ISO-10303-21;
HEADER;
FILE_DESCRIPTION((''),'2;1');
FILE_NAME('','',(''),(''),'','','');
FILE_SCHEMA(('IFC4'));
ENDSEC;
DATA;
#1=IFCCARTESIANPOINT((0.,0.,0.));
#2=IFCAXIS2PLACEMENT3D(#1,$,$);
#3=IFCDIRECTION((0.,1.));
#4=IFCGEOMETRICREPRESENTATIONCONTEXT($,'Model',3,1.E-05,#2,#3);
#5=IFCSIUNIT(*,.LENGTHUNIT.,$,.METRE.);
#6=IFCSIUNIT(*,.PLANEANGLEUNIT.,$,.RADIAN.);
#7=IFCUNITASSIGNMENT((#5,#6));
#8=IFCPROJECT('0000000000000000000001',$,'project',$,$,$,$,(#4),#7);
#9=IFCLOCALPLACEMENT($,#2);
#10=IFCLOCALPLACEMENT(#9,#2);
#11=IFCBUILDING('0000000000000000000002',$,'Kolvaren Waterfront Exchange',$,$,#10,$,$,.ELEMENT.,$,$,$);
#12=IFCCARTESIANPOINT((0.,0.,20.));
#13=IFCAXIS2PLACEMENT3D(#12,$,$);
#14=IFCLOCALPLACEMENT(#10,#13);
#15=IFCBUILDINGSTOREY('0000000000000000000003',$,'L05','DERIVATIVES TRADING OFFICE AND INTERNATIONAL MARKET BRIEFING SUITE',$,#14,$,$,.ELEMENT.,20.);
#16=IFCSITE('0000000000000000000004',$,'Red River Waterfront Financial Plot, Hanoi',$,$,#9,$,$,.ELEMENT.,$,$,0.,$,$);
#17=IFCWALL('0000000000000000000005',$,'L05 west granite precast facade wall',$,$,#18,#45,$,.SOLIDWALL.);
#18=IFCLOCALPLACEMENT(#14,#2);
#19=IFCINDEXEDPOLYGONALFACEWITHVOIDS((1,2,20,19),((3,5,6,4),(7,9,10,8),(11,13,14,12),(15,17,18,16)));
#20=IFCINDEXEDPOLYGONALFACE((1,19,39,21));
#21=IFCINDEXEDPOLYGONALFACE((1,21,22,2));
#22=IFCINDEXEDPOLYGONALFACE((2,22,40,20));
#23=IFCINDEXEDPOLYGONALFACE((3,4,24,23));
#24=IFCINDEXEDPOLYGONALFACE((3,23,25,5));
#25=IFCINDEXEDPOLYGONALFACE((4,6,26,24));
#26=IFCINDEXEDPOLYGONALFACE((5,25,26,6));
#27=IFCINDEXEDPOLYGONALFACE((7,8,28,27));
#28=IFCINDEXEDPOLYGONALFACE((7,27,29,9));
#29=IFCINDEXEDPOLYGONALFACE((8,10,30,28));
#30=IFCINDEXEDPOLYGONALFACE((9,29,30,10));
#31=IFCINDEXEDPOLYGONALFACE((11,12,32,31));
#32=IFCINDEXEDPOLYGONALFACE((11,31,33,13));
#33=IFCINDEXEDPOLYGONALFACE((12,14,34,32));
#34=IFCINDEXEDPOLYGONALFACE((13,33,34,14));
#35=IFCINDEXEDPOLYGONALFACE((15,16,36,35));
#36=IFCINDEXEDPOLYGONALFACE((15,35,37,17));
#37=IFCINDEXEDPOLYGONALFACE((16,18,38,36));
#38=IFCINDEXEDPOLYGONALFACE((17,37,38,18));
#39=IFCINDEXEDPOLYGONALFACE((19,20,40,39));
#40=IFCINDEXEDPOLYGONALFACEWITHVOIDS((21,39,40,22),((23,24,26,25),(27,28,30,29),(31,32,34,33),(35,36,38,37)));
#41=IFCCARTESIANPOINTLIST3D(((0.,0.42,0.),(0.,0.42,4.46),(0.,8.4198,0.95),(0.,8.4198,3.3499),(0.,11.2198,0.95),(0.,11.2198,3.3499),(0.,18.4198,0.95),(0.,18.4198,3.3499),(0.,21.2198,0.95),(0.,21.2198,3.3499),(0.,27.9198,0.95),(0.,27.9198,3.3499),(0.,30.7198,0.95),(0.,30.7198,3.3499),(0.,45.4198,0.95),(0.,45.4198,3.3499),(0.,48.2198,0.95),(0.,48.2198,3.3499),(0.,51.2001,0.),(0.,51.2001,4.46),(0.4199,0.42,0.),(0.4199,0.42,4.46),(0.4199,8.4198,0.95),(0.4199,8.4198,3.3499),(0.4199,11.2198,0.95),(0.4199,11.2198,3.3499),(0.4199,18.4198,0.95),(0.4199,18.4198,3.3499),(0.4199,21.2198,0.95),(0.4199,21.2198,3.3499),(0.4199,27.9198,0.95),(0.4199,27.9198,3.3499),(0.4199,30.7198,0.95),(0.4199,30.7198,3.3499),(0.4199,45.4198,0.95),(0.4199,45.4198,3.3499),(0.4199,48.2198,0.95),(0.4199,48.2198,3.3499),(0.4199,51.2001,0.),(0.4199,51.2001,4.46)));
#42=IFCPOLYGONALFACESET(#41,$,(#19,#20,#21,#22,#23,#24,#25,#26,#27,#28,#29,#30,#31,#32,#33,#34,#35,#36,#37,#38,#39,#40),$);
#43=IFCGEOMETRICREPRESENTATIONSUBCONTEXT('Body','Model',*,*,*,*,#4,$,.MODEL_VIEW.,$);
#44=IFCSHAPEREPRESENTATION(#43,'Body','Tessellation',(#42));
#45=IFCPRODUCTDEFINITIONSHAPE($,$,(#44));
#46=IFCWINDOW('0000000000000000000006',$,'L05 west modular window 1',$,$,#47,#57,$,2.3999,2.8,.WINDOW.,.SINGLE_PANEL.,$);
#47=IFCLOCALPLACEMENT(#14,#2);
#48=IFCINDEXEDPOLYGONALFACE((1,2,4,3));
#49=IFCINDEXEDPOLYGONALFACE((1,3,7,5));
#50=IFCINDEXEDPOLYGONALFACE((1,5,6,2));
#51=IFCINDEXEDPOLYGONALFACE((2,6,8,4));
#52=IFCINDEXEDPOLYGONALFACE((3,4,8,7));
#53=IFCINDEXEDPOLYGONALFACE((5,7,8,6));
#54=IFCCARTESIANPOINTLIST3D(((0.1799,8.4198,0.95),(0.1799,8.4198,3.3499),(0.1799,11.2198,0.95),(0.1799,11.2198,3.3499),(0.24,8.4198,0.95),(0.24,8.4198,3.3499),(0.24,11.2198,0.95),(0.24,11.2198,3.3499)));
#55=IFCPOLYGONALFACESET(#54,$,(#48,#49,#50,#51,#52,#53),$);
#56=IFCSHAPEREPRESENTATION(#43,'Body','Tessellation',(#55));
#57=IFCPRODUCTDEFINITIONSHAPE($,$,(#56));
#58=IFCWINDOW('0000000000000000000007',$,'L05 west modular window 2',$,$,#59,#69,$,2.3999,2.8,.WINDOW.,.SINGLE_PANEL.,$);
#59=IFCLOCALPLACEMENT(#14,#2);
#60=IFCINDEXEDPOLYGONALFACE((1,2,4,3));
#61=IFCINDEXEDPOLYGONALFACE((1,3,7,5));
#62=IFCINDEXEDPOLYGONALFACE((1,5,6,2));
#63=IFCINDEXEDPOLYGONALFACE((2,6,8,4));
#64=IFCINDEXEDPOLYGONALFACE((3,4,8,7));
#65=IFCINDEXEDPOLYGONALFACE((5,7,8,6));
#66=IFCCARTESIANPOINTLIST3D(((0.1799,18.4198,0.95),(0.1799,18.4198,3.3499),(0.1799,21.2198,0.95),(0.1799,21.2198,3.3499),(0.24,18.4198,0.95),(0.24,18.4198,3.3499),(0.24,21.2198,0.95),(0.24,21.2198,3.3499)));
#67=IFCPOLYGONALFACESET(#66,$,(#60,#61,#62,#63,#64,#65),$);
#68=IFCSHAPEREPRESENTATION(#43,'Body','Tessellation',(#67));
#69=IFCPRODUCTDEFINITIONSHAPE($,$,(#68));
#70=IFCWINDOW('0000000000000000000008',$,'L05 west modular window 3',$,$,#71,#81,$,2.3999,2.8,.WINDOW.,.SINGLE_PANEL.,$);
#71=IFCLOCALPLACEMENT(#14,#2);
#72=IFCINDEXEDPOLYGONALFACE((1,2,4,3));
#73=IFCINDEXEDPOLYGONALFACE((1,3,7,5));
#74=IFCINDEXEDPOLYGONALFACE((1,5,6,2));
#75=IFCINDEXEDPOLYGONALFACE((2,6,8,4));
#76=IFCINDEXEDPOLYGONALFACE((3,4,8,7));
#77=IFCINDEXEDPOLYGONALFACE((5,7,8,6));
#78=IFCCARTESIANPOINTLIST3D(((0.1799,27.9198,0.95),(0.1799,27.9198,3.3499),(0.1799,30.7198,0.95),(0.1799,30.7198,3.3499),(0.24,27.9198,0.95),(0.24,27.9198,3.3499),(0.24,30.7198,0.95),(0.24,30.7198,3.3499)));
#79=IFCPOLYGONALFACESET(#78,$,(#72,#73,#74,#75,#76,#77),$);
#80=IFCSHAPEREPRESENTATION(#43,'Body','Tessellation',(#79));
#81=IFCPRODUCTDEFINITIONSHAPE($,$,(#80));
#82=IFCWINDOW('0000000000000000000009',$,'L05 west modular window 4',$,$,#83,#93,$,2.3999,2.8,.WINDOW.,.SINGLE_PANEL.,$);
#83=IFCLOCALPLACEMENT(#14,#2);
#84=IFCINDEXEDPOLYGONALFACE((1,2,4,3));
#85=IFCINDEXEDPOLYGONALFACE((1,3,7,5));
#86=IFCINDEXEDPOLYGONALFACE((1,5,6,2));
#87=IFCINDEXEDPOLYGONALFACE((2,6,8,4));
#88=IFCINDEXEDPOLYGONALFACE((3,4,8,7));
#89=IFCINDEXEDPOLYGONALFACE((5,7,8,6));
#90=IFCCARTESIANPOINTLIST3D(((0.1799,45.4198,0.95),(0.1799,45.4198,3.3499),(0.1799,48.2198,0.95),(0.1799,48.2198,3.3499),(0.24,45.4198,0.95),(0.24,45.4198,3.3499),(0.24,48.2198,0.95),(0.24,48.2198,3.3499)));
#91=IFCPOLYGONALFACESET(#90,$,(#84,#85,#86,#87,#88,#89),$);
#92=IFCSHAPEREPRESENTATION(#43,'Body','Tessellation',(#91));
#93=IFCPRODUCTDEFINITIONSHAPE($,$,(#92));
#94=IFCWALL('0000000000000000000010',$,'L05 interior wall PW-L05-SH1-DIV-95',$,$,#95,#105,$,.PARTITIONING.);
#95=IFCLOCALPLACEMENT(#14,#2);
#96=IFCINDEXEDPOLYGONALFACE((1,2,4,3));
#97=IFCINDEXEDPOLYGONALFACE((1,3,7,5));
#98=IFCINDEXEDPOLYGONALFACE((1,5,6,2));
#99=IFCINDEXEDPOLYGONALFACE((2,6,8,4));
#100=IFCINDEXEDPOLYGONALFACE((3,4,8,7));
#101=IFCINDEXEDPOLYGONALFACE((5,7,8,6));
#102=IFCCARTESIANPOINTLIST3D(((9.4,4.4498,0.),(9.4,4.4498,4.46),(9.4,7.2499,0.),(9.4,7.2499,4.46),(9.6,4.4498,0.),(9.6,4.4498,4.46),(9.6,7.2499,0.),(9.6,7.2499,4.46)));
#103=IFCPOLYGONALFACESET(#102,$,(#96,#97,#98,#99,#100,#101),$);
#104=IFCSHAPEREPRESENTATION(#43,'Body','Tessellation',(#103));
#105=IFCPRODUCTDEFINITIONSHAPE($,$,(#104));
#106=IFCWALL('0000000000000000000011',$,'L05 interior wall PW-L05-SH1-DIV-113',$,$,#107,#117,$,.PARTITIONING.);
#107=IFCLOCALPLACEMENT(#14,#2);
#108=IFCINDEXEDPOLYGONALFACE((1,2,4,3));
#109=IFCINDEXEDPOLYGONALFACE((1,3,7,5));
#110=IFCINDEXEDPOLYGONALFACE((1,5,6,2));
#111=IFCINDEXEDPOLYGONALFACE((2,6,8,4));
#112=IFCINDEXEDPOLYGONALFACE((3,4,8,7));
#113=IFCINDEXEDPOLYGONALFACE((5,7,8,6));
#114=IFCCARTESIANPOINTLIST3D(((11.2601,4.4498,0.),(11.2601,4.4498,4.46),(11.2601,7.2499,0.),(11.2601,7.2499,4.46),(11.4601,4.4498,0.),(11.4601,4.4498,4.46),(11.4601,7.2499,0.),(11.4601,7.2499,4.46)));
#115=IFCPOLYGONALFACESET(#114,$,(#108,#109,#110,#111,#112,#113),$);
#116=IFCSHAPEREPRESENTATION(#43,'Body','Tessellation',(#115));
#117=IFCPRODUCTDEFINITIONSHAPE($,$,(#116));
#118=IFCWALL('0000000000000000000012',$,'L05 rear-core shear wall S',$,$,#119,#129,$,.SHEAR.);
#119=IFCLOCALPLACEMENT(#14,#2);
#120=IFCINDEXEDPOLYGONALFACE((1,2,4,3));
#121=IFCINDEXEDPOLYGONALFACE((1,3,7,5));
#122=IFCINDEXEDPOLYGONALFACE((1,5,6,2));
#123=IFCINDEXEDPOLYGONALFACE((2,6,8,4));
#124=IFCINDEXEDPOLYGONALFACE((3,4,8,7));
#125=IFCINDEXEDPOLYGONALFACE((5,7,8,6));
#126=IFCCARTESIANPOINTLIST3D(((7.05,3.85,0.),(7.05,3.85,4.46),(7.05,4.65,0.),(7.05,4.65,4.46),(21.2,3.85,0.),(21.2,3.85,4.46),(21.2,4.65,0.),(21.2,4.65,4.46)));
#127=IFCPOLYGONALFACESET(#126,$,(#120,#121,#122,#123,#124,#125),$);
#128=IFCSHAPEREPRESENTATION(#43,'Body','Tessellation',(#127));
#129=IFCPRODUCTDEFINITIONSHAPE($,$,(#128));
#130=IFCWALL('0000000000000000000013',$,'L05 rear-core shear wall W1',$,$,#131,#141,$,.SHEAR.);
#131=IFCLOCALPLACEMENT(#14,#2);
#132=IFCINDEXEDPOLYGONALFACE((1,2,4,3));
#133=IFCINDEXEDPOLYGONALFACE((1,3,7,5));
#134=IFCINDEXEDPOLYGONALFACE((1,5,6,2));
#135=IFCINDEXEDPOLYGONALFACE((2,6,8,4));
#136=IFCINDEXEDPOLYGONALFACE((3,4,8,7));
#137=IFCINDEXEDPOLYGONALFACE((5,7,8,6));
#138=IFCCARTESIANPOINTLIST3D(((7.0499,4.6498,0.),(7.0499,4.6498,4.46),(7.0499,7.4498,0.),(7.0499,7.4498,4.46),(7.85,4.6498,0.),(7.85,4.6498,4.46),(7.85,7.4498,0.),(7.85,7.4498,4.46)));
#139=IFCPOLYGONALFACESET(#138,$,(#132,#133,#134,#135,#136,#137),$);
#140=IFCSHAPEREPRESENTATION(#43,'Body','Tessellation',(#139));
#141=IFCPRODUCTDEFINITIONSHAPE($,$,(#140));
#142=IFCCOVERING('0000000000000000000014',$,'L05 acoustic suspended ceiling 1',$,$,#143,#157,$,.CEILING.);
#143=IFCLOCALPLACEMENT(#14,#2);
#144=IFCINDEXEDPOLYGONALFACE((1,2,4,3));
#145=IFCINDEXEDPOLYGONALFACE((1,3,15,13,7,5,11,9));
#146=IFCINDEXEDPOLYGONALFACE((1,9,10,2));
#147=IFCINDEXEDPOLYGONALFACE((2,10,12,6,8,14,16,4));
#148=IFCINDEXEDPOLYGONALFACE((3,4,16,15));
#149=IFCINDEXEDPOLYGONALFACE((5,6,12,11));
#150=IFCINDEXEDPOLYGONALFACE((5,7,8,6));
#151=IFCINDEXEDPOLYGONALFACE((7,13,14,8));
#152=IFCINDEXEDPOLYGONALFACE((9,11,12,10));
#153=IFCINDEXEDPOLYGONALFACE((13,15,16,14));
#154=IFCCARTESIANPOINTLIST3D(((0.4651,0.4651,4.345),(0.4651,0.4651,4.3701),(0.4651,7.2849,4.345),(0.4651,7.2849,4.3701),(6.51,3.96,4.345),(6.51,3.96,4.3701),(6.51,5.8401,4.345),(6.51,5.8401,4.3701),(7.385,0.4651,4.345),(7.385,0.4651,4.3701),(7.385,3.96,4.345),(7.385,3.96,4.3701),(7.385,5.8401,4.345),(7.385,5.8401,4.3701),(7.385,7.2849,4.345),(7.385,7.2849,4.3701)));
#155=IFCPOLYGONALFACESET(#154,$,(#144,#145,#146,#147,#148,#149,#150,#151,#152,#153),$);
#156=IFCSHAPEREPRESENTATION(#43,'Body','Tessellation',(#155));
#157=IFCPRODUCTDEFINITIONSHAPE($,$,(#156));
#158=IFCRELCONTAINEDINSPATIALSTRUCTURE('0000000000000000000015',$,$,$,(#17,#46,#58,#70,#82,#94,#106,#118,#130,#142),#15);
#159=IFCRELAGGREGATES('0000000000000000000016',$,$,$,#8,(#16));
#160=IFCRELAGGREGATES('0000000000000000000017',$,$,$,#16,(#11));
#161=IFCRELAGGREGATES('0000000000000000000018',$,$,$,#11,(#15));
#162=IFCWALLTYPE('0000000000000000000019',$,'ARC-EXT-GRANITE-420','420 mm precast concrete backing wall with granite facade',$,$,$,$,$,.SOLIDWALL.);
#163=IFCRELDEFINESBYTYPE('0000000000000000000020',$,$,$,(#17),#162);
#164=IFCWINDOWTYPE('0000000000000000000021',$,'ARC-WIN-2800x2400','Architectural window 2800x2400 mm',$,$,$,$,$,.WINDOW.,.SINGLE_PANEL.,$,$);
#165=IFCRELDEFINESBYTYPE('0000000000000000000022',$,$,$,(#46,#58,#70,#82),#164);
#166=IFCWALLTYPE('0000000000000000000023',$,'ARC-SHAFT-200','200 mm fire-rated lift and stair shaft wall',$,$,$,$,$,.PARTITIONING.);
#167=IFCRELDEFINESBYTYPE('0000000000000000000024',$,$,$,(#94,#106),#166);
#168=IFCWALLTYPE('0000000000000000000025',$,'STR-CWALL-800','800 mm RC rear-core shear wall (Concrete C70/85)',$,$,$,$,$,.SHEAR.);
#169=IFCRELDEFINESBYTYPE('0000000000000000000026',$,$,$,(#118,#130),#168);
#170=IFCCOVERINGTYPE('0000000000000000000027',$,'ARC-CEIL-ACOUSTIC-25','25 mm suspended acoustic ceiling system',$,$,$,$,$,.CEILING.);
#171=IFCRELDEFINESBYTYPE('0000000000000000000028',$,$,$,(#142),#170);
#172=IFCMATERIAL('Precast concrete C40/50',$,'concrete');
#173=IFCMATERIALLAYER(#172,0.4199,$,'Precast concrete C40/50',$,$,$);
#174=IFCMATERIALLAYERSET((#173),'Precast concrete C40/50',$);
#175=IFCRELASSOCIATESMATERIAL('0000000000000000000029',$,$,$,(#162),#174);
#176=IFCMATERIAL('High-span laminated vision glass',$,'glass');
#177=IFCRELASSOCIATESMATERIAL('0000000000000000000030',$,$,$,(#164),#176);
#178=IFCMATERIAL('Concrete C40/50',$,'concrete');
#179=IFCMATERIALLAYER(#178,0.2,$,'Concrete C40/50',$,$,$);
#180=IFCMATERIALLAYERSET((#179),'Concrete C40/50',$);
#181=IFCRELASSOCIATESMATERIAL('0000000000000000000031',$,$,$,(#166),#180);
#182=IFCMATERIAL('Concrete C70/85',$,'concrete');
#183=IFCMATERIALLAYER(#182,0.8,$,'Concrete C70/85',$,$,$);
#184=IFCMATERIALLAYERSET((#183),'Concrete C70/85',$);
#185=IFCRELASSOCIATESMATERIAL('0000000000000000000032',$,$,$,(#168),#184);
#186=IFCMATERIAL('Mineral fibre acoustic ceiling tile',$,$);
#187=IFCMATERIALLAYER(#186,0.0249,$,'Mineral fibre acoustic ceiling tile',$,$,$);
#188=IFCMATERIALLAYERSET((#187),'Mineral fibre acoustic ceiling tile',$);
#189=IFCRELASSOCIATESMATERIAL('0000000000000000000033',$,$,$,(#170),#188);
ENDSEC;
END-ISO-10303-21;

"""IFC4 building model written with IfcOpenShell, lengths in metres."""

from ifc_helpers import new_model, si_unit, direction, frame, frame_2d, origin, place, context, subcontext, project, spatial, polyline, rectangle, outline, extrude, material, layer, layer_set, type_object, element, fill, save


model = new_model("IFC4")

# Units and contexts
model_context = context("Model", 3, precision=1e-05, world=origin(), true_north=direction((0.0, 1.0)))
body_context = subcontext(model_context, "Body", "Model", "MODEL_VIEW")
ifc_project = project(units=[si_unit("LENGTHUNIT", "METRE"), si_unit("PLANEANGLEUNIT", "RADIAN")], contexts=[model_context])

# Site, building, storey
site_placement = place(None, origin())
site = spatial("IfcSite", under=ifc_project, at=site_placement, Name="Red River Waterfront Financial Plot, Hanoi", CompositionType="ELEMENT", RefElevation=0.0)
building_placement = place(site_placement, origin())
building = spatial("IfcBuilding", under=site, at=building_placement, Name="Kolvaren Waterfront Exchange", CompositionType="ELEMENT")
storey_placement = place(building_placement, frame((0.0, 0.0, 20.0)))
storey = spatial("IfcBuildingStorey", under=building, at=storey_placement, Name="L05", Description="DERIVATIVES TRADING OFFICE AND INTERNATIONAL MARKET BRIEFING SUITE", CompositionType="ELEMENT", Elevation=20.0)

# Shared definitions
ifc_material_1 = material(Name="Concrete C70/85", Category="concrete")

# Shared definitions
ifc_material_2 = material(Name="Concrete C40/50", Category="concrete")

# Wall, openings, windows
ifc_material_3 = material(Name="Precast concrete C40/50", Category="concrete")
ifc_layer_1 = layer(ifc_material_3, 0.4199, Name="Precast concrete C40/50")
ifc_layer_set_1 = layer_set([ifc_layer_1], Name="Precast concrete C40/50")
wall_type_1 = type_object("IfcWallType", Name="ARC-EXT-GRANITE-420", Description="420 mm precast concrete backing wall with granite facade", PredefinedType="SOLIDWALL", material=ifc_layer_set_1)
ifc_material_4 = material(Name="High-span laminated vision glass", Category="glass")
window_type = type_object("IfcWindowType", Name="ARC-WIN-2800x2400", Description="Architectural window 2800x2400 mm", PartitioningType="SINGLE_PANEL", PredefinedType="WINDOW", material=ifc_material_4)
wall_1_placement = place(storey_placement, frame((0.21, 0.4199, 0.0), z_axis=(0.0, 0.0, 1.0), x_axis=(0.0, 1.0, 0.0)))
wall_1 = element("IfcWall", 1, at=wall_1_placement, inside=storey, type_object=wall_type_1, Name="L05 west granite precast facade wall", PredefinedType="SOLIDWALL", context=body_context, shape_type="SweptSolid", body=[
    extrude(rectangle(XDim=50.78, YDim=0.4199, at=frame_2d((25.3901, 0.0))), origin(), (0.0, 0.0, 1.0), 4.46),
])
opening_1_placement = place(wall_1_placement, frame((8.0, 0.0, 0.95)))
opening_1 = element("IfcOpeningElement", 2, at=opening_1_placement, cuts=wall_1, PredefinedType="OPENING", context=body_context, shape_type="SweptSolid", body=[
    extrude(rectangle(XDim=2.8, YDim=2.3999, at=frame_2d((1.3999, 1.2))), frame((0.0, 0.22, 0.0), z_axis=(0.0, -1.0, 0.0), x_axis=(1.0, 0.0, 0.0)), (0.0, 0.0, 1.0), 0.4399),
])
opening_2_placement = place(wall_1_placement, frame((18.0, 0.0, 0.95)))
opening_2 = element("IfcOpeningElement", 3, at=opening_2_placement, cuts=wall_1, PredefinedType="OPENING", context=body_context, shape_type="SweptSolid", body=[
    extrude(rectangle(XDim=2.8, YDim=2.3999, at=frame_2d((1.3999, 1.2))), frame((0.0, 0.22, 0.0), z_axis=(0.0, -1.0, 0.0), x_axis=(1.0, 0.0, 0.0)), (0.0, 0.0, 1.0), 0.4399),
])
opening_3_placement = place(wall_1_placement, frame((27.5, 0.0, 0.95)))
opening_3 = element("IfcOpeningElement", 4, at=opening_3_placement, cuts=wall_1, PredefinedType="OPENING", context=body_context, shape_type="SweptSolid", body=[
    extrude(rectangle(XDim=2.8, YDim=2.3999, at=frame_2d((1.3999, 1.2))), frame((0.0, 0.22, 0.0), z_axis=(0.0, -1.0, 0.0), x_axis=(1.0, 0.0, 0.0)), (0.0, 0.0, 1.0), 0.4399),
])
opening_4_placement = place(wall_1_placement, frame((45.0, 0.0, 0.95)))
opening_4 = element("IfcOpeningElement", 5, at=opening_4_placement, cuts=wall_1, PredefinedType="OPENING", context=body_context, shape_type="SweptSolid", body=[
    extrude(rectangle(XDim=2.8, YDim=2.3999, at=frame_2d((1.3999, 1.2))), frame((0.0, 0.22, 0.0), z_axis=(0.0, -1.0, 0.0), x_axis=(1.0, 0.0, 0.0)), (0.0, 0.0, 1.0), 0.4399),
])
window_1_placement = place(opening_1_placement, origin())
window_1 = element("IfcWindow", 6, at=window_1_placement, inside=storey, type_object=window_type, Name="L05 west modular window 1", OverallHeight=2.3999, OverallWidth=2.8, PartitioningType="SINGLE_PANEL", PredefinedType="WINDOW", context=body_context, shape_type="SweptSolid", body=[
    extrude(rectangle(XDim=2.8, YDim=2.3999, at=frame_2d((1.3999, 1.2))), frame((0.0, 0.03, 0.0), z_axis=(0.0, -1.0, 0.0), x_axis=(1.0, 0.0, 0.0)), (0.0, 0.0, 1.0), 0.0601),
])
fill(opening_1, window_1)
window_2_placement = place(opening_2_placement, origin())
window_2 = element("IfcWindow", 7, at=window_2_placement, inside=storey, type_object=window_type, Name="L05 west modular window 2", OverallHeight=2.3999, OverallWidth=2.8, PartitioningType="SINGLE_PANEL", PredefinedType="WINDOW", context=body_context, shape_type="SweptSolid", body=[
    extrude(rectangle(XDim=2.8, YDim=2.3999, at=frame_2d((1.3999, 1.2))), frame((0.0, 0.03, 0.0), z_axis=(0.0, -1.0, 0.0), x_axis=(1.0, 0.0, 0.0)), (0.0, 0.0, 1.0), 0.0601),
])
fill(opening_2, window_2)
window_3_placement = place(opening_3_placement, origin())
window_3 = element("IfcWindow", 8, at=window_3_placement, inside=storey, type_object=window_type, Name="L05 west modular window 3", OverallHeight=2.3999, OverallWidth=2.8, PartitioningType="SINGLE_PANEL", PredefinedType="WINDOW", context=body_context, shape_type="SweptSolid", body=[
    extrude(rectangle(XDim=2.8, YDim=2.3999, at=frame_2d((1.3999, 1.2))), frame((0.0, 0.03, 0.0), z_axis=(0.0, -1.0, 0.0), x_axis=(1.0, 0.0, 0.0)), (0.0, 0.0, 1.0), 0.0601),
])
fill(opening_3, window_3)
window_4_placement = place(opening_4_placement, origin())
window_4 = element("IfcWindow", 9, at=window_4_placement, inside=storey, type_object=window_type, Name="L05 west modular window 4", OverallHeight=2.3999, OverallWidth=2.8, PartitioningType="SINGLE_PANEL", PredefinedType="WINDOW", context=body_context, shape_type="SweptSolid", body=[
    extrude(rectangle(XDim=2.8, YDim=2.3999, at=frame_2d((1.3999, 1.2))), frame((0.0, 0.03, 0.0), z_axis=(0.0, -1.0, 0.0), x_axis=(1.0, 0.0, 0.0)), (0.0, 0.0, 1.0), 0.0601),
])
fill(opening_4, window_4)

# Walls
ifc_layer_2 = layer(ifc_material_2, 0.2, Name="Concrete C40/50")
ifc_layer_set_2 = layer_set([ifc_layer_2], Name="Concrete C40/50")
wall_type_2 = type_object("IfcWallType", Name="ARC-SHAFT-200", Description="200 mm fire-rated lift and stair shaft wall", PredefinedType="PARTITIONING", material=ifc_layer_set_2)
for number, where, z_axis, x_axis, name in (
    (10, (9.5, 4.45, 0.0), (0.0, 0.0, 1.0), (0.0, 1.0, 0.0), "L05 interior wall PW-L05-SH1-DIV-95"),
    (11, (11.3601, 4.45, 0.0), (0.0, 0.0, 1.0), (0.0, 1.0, 0.0), "L05 interior wall PW-L05-SH1-DIV-113"),
):
    element("IfcWall", number, at=place(storey_placement, frame(where, z_axis=z_axis, x_axis=x_axis)), inside=storey, type_object=wall_type_2, Name=name, PredefinedType="PARTITIONING", context=body_context, shape_type="SweptSolid", body=[
        extrude(rectangle(XDim=2.8, YDim=0.2, at=frame_2d((1.3999, 0.0))), origin(), (0.0, 0.0, 1.0), 4.46),
    ])
ifc_layer_3 = layer(ifc_material_1, 0.8, Name="Concrete C70/85")
ifc_layer_set_3 = layer_set([ifc_layer_3], Name="Concrete C70/85")
wall_type_3 = type_object("IfcWallType", Name="STR-CWALL-800", Description="800 mm RC rear-core shear wall (Concrete C70/85)", PredefinedType="SHEAR", material=ifc_layer_set_3)
wall_2_placement = place(storey_placement, frame((7.05, 4.25, 0.0), z_axis=(0.0, 0.0, 1.0), x_axis=(1.0, 0.0, 0.0)))
element("IfcWall", 12, at=wall_2_placement, inside=storey, type_object=wall_type_3, Name="L05 rear-core shear wall S", PredefinedType="SHEAR", context=body_context, shape_type="SweptSolid", body=[
    extrude(rectangle(XDim=14.1499, YDim=0.8, at=frame_2d((7.075, 0.0))), origin(), (0.0, 0.0, 1.0), 4.46),
])
wall_3_placement = place(storey_placement, frame((7.45, 4.6499, 0.0), z_axis=(0.0, 0.0, 1.0), x_axis=(0.0, 1.0, 0.0)))
element("IfcWall", 13, at=wall_3_placement, inside=storey, type_object=wall_type_3, Name="L05 rear-core shear wall W1", PredefinedType="SHEAR", context=body_context, shape_type="SweptSolid", body=[
    extrude(rectangle(XDim=2.8, YDim=0.8, at=frame_2d((1.3999, 0.0))), origin(), (0.0, 0.0, 1.0), 4.46),
])

# Covering
ifc_material_5 = material(Name="Mineral fibre acoustic ceiling tile")
ifc_layer_4 = layer(ifc_material_5, 0.0249, Name="Mineral fibre acoustic ceiling tile")
ifc_layer_set_4 = layer_set([ifc_layer_4], Name="Mineral fibre acoustic ceiling tile")
covering_type_1 = type_object("IfcCoveringType", Name="ARC-CEIL-ACOUSTIC-25", Description="25 mm suspended acoustic ceiling system", PredefinedType="CEILING", material=ifc_layer_set_4)
covering_1_placement = place(storey_placement, frame((0.0, 0.0, 4.345)))
element("IfcCovering", 14, at=covering_1_placement, inside=storey, type_object=covering_type_1, Name="L05 acoustic suspended ceiling 1", PredefinedType="CEILING", context=body_context, shape_type="SweptSolid", body=[
    extrude(outline(polyline([(7.385, 3.96), (6.51, 3.96), (6.51, 5.8401), (7.385, 5.8401), (7.385, 7.2849), (0.4651, 7.2849), (0.4651, 0.4651), (7.385, 0.4651), (7.385, 3.96)])), origin(), (0.0, 0.0, 1.0), 0.0251),
])

save(model, "model.ifc")
